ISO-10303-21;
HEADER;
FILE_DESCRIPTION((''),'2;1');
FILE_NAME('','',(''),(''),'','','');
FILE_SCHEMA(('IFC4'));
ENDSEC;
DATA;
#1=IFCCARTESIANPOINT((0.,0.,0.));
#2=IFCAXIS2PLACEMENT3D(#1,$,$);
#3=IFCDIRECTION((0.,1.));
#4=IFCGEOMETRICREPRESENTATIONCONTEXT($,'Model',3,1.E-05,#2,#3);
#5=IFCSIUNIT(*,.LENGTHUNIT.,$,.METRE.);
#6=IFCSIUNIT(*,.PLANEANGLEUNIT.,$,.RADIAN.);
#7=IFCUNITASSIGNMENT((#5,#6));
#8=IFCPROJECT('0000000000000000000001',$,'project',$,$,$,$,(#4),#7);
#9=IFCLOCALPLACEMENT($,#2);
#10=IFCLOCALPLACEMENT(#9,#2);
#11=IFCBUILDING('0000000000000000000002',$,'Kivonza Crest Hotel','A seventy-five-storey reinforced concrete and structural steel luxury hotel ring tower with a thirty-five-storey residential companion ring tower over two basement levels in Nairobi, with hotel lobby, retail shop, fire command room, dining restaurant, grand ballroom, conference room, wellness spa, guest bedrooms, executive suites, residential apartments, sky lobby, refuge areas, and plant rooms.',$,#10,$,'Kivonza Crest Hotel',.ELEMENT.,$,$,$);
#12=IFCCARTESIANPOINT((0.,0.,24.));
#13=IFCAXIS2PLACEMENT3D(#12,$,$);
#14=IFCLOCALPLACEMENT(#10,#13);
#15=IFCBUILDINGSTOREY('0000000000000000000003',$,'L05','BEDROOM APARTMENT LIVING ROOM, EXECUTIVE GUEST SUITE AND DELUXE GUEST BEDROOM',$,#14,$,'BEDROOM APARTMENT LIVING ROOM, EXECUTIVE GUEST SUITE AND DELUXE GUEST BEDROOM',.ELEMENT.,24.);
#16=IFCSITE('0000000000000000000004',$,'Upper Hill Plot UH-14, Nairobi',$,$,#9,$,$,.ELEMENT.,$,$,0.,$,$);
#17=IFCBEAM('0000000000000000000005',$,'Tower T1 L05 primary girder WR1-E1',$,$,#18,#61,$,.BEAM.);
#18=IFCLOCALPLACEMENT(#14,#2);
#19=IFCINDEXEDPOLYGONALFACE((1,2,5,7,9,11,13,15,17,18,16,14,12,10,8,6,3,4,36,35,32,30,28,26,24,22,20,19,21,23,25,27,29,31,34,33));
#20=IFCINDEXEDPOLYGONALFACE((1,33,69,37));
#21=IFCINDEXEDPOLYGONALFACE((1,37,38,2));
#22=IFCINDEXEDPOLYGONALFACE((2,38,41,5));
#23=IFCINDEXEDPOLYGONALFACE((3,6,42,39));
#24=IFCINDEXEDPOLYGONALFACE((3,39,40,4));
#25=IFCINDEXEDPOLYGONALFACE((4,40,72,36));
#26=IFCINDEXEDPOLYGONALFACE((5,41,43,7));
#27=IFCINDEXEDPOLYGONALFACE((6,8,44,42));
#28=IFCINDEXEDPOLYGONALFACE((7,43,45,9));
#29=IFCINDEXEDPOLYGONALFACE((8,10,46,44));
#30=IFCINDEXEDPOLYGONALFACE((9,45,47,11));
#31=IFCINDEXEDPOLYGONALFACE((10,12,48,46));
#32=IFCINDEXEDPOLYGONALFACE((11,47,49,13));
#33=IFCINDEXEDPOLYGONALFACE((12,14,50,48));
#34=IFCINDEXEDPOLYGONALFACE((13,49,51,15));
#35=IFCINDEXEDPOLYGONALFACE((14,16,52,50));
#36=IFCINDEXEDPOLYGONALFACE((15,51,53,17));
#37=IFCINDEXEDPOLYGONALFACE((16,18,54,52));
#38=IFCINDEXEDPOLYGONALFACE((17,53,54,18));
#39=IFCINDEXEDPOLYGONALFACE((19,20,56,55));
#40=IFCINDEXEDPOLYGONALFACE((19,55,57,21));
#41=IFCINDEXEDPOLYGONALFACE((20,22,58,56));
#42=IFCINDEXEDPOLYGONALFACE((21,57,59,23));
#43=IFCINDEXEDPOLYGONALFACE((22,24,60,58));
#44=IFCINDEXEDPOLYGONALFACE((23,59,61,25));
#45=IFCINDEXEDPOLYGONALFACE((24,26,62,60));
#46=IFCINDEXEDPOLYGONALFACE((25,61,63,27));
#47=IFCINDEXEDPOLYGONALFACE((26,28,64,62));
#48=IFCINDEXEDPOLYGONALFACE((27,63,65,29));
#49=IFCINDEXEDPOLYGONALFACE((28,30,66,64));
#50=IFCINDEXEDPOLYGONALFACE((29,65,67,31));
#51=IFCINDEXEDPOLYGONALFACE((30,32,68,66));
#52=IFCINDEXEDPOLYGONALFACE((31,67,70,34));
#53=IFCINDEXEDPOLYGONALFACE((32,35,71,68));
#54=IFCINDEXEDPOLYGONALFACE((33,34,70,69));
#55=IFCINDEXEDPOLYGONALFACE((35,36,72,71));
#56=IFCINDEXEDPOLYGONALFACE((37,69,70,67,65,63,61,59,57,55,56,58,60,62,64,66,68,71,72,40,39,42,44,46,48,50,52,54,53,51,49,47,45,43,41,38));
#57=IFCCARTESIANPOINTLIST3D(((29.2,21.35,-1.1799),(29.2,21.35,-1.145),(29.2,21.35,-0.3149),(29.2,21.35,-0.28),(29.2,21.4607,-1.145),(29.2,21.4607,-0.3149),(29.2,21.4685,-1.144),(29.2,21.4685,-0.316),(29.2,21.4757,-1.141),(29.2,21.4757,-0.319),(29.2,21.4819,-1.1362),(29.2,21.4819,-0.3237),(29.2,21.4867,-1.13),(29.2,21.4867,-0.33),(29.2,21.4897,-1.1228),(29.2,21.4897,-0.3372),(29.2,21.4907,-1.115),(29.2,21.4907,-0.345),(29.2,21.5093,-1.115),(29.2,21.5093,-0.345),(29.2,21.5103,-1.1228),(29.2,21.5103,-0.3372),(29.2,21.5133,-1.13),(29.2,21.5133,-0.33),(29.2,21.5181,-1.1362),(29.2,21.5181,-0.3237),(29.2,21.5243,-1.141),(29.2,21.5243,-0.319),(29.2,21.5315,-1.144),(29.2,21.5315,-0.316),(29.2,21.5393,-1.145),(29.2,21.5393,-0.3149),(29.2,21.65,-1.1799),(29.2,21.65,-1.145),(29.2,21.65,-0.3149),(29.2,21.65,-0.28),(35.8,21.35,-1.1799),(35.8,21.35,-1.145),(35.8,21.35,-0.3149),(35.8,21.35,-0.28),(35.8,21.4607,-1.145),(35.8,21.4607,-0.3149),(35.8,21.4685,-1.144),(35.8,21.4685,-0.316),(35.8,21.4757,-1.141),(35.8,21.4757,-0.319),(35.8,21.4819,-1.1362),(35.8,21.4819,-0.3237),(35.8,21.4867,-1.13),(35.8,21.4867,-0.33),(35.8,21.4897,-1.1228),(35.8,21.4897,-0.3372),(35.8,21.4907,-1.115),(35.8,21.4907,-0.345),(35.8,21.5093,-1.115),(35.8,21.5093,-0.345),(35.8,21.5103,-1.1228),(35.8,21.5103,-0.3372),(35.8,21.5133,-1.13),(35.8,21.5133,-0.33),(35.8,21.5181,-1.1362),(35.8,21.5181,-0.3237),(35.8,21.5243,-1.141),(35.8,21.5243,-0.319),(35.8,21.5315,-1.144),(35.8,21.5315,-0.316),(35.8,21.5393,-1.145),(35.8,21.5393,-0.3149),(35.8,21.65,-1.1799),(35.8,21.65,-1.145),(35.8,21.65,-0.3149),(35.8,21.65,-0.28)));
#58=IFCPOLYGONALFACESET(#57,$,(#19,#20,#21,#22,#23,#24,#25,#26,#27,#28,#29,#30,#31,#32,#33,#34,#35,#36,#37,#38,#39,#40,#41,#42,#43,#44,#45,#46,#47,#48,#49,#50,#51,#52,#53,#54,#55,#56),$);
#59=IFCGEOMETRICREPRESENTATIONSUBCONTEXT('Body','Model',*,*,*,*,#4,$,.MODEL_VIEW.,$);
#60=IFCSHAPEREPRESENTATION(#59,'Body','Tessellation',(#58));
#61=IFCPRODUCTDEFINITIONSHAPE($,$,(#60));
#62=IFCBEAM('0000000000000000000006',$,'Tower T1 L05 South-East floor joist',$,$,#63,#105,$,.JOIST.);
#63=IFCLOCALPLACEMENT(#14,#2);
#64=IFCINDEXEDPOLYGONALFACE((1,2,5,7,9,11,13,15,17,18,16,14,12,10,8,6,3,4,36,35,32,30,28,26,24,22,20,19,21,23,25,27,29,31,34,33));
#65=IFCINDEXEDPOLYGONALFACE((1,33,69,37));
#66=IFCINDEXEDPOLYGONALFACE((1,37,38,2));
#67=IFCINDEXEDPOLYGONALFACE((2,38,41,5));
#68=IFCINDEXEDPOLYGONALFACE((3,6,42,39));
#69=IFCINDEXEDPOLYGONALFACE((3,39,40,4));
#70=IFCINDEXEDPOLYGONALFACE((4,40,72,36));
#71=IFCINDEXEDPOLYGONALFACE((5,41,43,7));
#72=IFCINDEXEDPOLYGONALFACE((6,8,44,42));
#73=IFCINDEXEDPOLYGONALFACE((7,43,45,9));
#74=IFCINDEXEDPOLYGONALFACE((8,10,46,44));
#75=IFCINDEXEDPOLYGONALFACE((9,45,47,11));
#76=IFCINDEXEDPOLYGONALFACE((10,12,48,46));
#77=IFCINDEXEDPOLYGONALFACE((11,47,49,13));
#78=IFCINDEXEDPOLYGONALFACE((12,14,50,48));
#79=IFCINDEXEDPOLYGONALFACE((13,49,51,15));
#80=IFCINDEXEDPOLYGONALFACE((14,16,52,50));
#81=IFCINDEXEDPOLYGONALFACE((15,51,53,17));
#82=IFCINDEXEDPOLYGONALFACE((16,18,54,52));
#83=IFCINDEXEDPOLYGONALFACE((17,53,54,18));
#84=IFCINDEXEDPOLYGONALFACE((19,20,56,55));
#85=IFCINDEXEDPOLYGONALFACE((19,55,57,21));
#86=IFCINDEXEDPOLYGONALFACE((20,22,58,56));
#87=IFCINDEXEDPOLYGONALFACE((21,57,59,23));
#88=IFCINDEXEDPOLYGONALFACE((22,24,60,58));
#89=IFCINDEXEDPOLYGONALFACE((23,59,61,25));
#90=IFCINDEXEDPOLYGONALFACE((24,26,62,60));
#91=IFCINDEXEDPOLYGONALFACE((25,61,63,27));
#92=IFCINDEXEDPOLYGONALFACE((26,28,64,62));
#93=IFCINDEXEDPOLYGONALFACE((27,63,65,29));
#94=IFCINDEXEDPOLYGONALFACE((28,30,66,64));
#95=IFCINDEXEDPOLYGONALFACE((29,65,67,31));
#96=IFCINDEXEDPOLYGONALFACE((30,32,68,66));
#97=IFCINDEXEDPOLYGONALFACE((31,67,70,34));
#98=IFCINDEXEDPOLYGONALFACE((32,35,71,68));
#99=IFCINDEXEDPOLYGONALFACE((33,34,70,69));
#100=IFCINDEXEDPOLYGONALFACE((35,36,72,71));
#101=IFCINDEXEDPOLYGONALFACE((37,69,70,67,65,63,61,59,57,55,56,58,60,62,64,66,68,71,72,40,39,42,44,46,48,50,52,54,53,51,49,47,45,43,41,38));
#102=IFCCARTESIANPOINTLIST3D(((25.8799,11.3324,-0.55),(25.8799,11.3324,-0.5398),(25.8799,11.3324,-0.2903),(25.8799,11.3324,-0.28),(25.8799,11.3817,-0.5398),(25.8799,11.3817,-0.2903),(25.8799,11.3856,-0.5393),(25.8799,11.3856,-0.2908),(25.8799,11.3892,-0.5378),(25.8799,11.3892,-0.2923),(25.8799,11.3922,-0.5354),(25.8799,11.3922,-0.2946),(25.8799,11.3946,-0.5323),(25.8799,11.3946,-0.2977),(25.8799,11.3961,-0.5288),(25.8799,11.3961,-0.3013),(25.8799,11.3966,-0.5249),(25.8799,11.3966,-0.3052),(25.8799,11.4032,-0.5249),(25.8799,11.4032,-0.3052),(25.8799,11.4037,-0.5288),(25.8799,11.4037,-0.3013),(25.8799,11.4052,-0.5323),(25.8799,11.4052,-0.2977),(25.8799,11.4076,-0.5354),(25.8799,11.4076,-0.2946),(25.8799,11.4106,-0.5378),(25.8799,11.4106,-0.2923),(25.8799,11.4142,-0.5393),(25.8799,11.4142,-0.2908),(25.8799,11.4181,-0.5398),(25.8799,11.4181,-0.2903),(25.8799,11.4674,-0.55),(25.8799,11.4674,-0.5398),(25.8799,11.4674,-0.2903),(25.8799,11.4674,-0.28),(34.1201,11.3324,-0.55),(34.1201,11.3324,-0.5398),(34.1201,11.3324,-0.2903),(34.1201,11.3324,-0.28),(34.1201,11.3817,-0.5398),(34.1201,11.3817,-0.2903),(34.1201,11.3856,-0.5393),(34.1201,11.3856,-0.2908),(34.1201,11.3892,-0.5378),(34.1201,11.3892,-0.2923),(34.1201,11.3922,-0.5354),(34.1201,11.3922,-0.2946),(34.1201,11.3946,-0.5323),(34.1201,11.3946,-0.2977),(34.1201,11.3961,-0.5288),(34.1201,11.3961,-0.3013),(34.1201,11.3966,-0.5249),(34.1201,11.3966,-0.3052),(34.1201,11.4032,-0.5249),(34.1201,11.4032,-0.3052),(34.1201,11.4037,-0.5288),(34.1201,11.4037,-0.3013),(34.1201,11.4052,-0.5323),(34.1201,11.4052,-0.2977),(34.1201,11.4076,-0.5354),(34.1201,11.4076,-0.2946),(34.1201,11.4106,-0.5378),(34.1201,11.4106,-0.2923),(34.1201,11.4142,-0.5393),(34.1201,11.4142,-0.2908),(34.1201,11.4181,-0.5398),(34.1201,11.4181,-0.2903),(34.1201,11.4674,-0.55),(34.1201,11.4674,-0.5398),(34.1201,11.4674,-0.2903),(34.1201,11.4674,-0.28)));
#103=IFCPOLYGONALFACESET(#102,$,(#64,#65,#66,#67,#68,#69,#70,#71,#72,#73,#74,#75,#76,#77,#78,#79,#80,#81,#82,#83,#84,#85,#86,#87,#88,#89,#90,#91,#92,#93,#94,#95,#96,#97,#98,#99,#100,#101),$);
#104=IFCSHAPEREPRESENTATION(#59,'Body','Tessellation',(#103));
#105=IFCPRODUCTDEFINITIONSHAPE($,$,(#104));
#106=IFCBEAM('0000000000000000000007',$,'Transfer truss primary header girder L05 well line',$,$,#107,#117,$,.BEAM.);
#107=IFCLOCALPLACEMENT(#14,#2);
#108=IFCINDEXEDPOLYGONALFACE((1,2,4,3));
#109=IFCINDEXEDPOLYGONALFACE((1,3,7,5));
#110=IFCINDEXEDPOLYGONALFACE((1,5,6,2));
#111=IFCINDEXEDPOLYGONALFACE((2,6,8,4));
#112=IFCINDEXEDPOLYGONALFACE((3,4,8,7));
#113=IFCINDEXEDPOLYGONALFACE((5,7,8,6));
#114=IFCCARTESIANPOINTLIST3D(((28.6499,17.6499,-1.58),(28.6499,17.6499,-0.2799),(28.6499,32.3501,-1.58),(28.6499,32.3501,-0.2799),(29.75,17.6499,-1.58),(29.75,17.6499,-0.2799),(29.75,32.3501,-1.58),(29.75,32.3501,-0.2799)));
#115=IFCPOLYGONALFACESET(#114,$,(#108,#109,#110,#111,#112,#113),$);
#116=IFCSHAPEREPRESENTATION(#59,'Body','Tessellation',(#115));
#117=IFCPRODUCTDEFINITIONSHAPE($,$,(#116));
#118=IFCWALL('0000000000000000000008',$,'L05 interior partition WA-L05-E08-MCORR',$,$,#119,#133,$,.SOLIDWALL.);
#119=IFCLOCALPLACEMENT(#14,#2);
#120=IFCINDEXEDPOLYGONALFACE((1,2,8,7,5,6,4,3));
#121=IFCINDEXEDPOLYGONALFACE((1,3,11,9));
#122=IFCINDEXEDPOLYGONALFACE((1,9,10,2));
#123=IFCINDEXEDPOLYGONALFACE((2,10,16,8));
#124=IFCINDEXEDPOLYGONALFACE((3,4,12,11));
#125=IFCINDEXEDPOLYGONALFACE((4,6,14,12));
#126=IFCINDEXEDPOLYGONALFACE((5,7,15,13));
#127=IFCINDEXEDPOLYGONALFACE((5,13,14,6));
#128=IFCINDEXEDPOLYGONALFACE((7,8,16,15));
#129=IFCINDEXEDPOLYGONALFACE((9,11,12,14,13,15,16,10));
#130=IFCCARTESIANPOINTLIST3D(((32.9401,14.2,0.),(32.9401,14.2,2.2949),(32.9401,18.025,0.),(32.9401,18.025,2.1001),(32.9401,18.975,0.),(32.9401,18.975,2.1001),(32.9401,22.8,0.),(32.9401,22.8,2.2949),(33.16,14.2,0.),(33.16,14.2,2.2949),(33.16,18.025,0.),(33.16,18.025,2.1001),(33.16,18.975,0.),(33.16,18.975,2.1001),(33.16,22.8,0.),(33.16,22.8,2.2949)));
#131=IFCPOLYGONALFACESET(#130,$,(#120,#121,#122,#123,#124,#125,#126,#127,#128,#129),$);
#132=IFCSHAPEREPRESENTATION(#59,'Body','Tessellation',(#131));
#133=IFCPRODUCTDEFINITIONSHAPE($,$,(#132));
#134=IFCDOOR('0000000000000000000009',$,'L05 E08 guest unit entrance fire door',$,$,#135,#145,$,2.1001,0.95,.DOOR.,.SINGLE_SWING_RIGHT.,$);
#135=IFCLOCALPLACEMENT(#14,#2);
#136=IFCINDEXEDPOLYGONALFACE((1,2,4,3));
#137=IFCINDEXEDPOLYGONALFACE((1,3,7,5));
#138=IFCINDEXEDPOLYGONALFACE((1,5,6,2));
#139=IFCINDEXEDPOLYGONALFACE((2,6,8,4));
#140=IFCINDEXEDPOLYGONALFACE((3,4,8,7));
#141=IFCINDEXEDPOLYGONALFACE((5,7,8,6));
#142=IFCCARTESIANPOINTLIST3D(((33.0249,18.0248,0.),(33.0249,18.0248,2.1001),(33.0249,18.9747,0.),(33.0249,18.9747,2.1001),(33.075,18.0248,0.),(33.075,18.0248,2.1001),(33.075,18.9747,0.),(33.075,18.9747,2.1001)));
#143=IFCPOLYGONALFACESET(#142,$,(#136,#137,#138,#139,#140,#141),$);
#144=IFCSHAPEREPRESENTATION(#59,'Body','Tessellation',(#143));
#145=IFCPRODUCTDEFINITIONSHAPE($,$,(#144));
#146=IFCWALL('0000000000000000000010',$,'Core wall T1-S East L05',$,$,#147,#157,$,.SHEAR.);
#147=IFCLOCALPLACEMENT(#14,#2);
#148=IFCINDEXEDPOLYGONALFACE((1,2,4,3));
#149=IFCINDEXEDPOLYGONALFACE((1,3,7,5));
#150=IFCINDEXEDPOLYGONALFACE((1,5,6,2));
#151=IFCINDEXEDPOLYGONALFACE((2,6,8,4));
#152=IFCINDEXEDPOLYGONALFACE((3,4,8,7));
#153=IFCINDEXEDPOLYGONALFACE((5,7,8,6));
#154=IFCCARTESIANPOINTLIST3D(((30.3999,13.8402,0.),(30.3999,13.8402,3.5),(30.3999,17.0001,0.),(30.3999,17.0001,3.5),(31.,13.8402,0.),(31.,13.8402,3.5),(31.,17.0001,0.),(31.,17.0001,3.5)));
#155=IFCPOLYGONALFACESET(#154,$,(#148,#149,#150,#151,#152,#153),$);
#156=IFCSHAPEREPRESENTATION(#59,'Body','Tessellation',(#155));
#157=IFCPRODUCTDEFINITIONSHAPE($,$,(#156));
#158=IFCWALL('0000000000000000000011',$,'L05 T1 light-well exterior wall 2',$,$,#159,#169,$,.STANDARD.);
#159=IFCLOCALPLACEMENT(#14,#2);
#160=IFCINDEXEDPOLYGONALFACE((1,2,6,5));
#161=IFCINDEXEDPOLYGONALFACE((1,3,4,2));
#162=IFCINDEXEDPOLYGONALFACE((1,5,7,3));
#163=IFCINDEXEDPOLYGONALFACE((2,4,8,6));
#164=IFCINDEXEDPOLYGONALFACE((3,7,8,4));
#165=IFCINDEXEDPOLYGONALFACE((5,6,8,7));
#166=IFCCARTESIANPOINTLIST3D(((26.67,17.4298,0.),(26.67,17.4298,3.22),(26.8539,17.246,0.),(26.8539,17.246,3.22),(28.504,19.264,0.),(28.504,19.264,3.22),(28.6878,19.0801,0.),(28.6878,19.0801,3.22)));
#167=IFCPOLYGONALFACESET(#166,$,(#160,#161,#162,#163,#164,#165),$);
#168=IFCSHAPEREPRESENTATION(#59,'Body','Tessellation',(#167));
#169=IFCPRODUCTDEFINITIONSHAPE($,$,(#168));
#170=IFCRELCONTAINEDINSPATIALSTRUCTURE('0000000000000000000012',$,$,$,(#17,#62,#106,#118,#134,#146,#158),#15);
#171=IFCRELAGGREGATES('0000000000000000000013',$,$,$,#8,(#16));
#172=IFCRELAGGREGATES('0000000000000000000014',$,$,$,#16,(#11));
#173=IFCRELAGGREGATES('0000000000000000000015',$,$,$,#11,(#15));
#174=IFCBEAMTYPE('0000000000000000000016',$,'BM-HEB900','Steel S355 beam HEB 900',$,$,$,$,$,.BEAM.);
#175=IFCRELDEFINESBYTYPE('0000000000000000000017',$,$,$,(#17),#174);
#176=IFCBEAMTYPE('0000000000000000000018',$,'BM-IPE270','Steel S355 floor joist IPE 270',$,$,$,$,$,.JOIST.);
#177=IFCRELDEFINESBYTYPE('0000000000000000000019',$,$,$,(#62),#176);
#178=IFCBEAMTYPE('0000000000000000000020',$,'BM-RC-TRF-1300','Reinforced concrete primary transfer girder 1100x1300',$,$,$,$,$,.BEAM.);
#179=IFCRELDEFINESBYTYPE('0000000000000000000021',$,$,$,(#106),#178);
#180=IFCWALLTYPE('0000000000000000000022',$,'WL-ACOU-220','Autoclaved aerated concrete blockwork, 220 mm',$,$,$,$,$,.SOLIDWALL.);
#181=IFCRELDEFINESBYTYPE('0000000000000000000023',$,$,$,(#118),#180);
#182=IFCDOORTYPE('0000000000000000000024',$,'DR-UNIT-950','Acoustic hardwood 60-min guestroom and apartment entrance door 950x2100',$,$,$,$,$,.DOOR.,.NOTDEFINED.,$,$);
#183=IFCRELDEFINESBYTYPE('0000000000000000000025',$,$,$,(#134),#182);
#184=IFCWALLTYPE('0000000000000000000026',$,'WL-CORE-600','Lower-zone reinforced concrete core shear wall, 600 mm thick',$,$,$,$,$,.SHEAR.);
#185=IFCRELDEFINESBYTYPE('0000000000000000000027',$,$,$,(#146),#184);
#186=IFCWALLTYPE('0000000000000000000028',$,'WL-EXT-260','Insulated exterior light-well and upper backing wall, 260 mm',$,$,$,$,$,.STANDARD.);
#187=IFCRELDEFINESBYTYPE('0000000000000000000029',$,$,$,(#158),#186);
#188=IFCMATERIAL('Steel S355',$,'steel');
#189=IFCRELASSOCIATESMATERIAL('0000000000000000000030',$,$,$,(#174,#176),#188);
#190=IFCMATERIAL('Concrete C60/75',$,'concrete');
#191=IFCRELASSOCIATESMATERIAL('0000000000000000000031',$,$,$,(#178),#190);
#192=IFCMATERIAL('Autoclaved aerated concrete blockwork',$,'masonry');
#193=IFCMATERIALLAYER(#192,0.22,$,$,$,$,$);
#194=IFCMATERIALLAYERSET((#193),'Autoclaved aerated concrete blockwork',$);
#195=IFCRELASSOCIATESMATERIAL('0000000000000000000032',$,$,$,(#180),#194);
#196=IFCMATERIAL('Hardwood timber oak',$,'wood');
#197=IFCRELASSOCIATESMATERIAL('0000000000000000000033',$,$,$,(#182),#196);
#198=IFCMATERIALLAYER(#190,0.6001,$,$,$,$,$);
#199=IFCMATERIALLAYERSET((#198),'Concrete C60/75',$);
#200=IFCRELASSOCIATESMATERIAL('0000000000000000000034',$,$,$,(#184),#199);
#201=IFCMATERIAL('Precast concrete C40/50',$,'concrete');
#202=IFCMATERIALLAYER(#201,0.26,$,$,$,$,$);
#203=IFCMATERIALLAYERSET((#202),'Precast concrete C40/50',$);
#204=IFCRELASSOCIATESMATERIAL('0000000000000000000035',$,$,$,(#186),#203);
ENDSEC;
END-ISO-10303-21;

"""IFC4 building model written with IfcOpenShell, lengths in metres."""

from ifc_helpers import new_model, si_unit, direction, frame, frame_2d, origin, origin_2d, place, context, subcontext, project, spatial, rectangle, i_section, extrude, material, layer, layer_set, material_profile, profile_set, type_object, element, fill, save


model = new_model("IFC4")

# Units and contexts
model_context = context("Model", 3, precision=1e-05, world=origin(), true_north=direction((0.0, 1.0)))
body_context = subcontext(model_context, "Body", "Model", "MODEL_VIEW")
ifc_project = project(units=[si_unit("LENGTHUNIT", "METRE"), si_unit("PLANEANGLEUNIT", "RADIAN")], contexts=[model_context])

# Site, building, storey
site_placement = place(None, origin())
site = spatial("IfcSite", under=ifc_project, at=site_placement, Name="Upper Hill Plot UH-14, Nairobi", CompositionType="ELEMENT", RefElevation=0.0)
building_placement = place(site_placement, origin())
building = spatial("IfcBuilding", under=site, at=building_placement, Name="Kivonza Crest Hotel", Description="A seventy-five-storey reinforced concrete and structural steel luxury hotel ring tower with a thirty-five-storey residential companion ring tower over two basement levels in Nairobi, with hotel lobby, retail shop, fire command room, dining restaurant, grand ballroom, conference room, wellness spa, guest bedrooms, executive suites, residential apartments, sky lobby, refuge areas, and plant rooms.", LongName="Kivonza Crest Hotel", CompositionType="ELEMENT")
storey_placement = place(building_placement, frame((0.0, 0.0, 24.0)))
storey = spatial("IfcBuildingStorey", under=building, at=storey_placement, Name="L05", Description="BEDROOM APARTMENT LIVING ROOM, EXECUTIVE GUEST SUITE AND DELUXE GUEST BEDROOM", LongName="BEDROOM APARTMENT LIVING ROOM, EXECUTIVE GUEST SUITE AND DELUXE GUEST BEDROOM", CompositionType="ELEMENT", Elevation=24.0)

# Shared definitions
ifc_material_1 = material(Name="Concrete C60/75", Category="concrete")

# Beams
ifc_material_2 = material(Name="Steel S355", Category="steel")
ifc_material_profile_1 = material_profile(ifc_material_2, i_section(OverallWidth=0.3, OverallDepth=0.8999, WebThickness=0.0186, FlangeThickness=0.0349, FilletRadius=0.03, at=origin_2d()), Name="HEB 900")
ifc_profile_set_1 = profile_set([ifc_material_profile_1], Name="Steel S355")
beam_type_1 = type_object("IfcBeamType", Name="BM-HEB900", Description="Steel S355 beam HEB 900", PredefinedType="BEAM", material=ifc_profile_set_1)
for number, where, z_axis, x_axis, name in (
    (1, (29.2, 21.5, -0.73), (1.0, 0.0, 0.0), (0.0, 1.0, 0.0), "Tower T1 L05 primary girder WR1-E1"),
):
    element("IfcBeam", number, at=place(storey_placement, frame(where, z_axis=z_axis, x_axis=x_axis)), inside=storey, type_object=beam_type_1, Name=name, PredefinedType="BEAM", context=body_context, shape_type="SweptSolid", body=[
        extrude(i_section(OverallWidth=0.3, OverallDepth=0.8999, WebThickness=0.0186, FlangeThickness=0.0349, FilletRadius=0.03, at=origin_2d()), origin(), (0.0, 0.0, 1.0), 6.6001),
    ])
ifc_material_profile_2 = material_profile(ifc_material_2, i_section(OverallWidth=0.135, OverallDepth=0.27, WebThickness=0.0066, FlangeThickness=0.0103, FilletRadius=0.0149, at=origin_2d()), Name="IPE 270")
ifc_profile_set_2 = profile_set([ifc_material_profile_2], Name="Steel S355")
beam_type_2 = type_object("IfcBeamType", Name="BM-IPE270", Description="Steel S355 floor joist IPE 270", PredefinedType="JOIST", material=ifc_profile_set_2)
beam_1_placement = place(storey_placement, frame((25.8799, 11.3999, -0.415), z_axis=(1.0, 0.0, 0.0), x_axis=(0.0, 1.0, 0.0)))
element("IfcBeam", 2, at=beam_1_placement, inside=storey, type_object=beam_type_2, Name="Tower T1 L05 South-East floor joist", PredefinedType="JOIST", context=body_context, shape_type="SweptSolid", body=[
    extrude(i_section(OverallWidth=0.135, OverallDepth=0.27, WebThickness=0.0066, FlangeThickness=0.0103, FilletRadius=0.0149, at=origin_2d()), origin(), (0.0, 0.0, 1.0), 8.2402),
])
ifc_material_profile_3 = material_profile(ifc_material_1, rectangle(XDim=1.1001, YDim=1.3, at=origin_2d()), Name="RC 1300x1100")
ifc_profile_set_3 = profile_set([ifc_material_profile_3], Name="Concrete C60/75")
beam_type_3 = type_object("IfcBeamType", Name="BM-RC-TRF-1300", Description="Reinforced concrete primary transfer girder 1100x1300", PredefinedType="BEAM", material=ifc_profile_set_3)
beam_2_placement = place(storey_placement, frame((29.2, 17.6499, -0.9299), z_axis=(0.0, 1.0, 0.0), x_axis=(-1.0, 0.0, 0.0)))
element("IfcBeam", 3, at=beam_2_placement, inside=storey, type_object=beam_type_3, Name="Transfer truss primary header girder L05 well line", PredefinedType="BEAM", context=body_context, shape_type="SweptSolid", body=[
    extrude(rectangle(XDim=1.1001, YDim=1.3, at=origin_2d()), origin(), (0.0, 0.0, 1.0), 14.7002),
])

# Wall, opening, door
ifc_material_3 = material(Name="Autoclaved aerated concrete blockwork", Category="masonry")
ifc_layer_1 = layer(ifc_material_3, 0.22)
ifc_layer_set_1 = layer_set([ifc_layer_1], Name="Autoclaved aerated concrete blockwork")
wall_type_1 = type_object("IfcWallType", Name="WL-ACOU-220", Description="Autoclaved aerated concrete blockwork, 220 mm", PredefinedType="SOLIDWALL", material=ifc_layer_set_1)
wall_1_placement = place(storey_placement, frame((33.05, 14.2, 0.0), z_axis=(0.0, 0.0, 1.0), x_axis=(0.0, 1.0, 0.0)))
wall_1 = element("IfcWall", 4, at=wall_1_placement, inside=storey, type_object=wall_type_1, Name="L05 interior partition WA-L05-E08-MCORR", PredefinedType="SOLIDWALL", context=body_context, shape_type="SweptSolid", body=[
    extrude(rectangle(XDim=8.6001, YDim=0.22, at=frame_2d((4.3, 0.0))), origin(), (0.0, 0.0, 1.0), 2.2949),
])
opening_1_placement = place(wall_1_placement, frame((3.825, 0.0, 0.0)))
opening_1 = element("IfcOpeningElement", 5, at=opening_1_placement, cuts=wall_1, PredefinedType="OPENING", context=body_context, shape_type="SweptSolid", body=[
    extrude(rectangle(XDim=0.95, YDim=2.1001, at=frame_2d((0.4751, 1.05))), frame((0.0, 0.1201, 0.0), z_axis=(0.0, -1.0, 0.0), x_axis=(1.0, 0.0, 0.0)), (0.0, 0.0, 1.0), 0.24),
])
ifc_material_4 = material(Name="Hardwood timber oak", Category="wood")
door_type = type_object("IfcDoorType", Name="DR-UNIT-950", Description="Acoustic hardwood 60-min guestroom and apartment entrance door 950x2100", OperationType="NOTDEFINED", PredefinedType="DOOR", material=ifc_material_4)
door_placement = place(opening_1_placement, frame((0.95, 0.0, 0.0), z_axis=(0.0, 0.0, 1.0), x_axis=(-1.0, 0.0, 0.0)))
door = element("IfcDoor", 6, at=door_placement, inside=storey, type_object=door_type, Name="L05 E08 guest unit entrance fire door", OperationType="SINGLE_SWING_RIGHT", OverallHeight=2.1001, OverallWidth=0.95, PredefinedType="DOOR", context=body_context, shape_type="SweptSolid", body=[
    extrude(rectangle(XDim=0.95, YDim=2.1001, at=frame_2d((0.4751, 1.05))), frame((0.0, 0.0249, 0.0), z_axis=(0.0, -1.0, 0.0), x_axis=(1.0, 0.0, 0.0)), (0.0, 0.0, 1.0), 0.05),
])
fill(opening_1, door)

# Walls
ifc_layer_2 = layer(ifc_material_1, 0.6001)
ifc_layer_set_2 = layer_set([ifc_layer_2], Name="Concrete C60/75")
wall_type_2 = type_object("IfcWallType", Name="WL-CORE-600", Description="Lower-zone reinforced concrete core shear wall, 600 mm thick", PredefinedType="SHEAR", material=ifc_layer_set_2)
wall_2_placement = place(storey_placement, frame((30.7, 13.8401, 0.0), z_axis=(0.0, 0.0, 1.0), x_axis=(0.0, 1.0, 0.0)))
element("IfcWall", 7, at=wall_2_placement, inside=storey, type_object=wall_type_2, Name="Core wall T1-S East L05", PredefinedType="SHEAR", context=body_context, shape_type="SweptSolid", body=[
    extrude(rectangle(XDim=3.1599, YDim=0.6001, at=frame_2d((1.5801, 0.0))), origin(), (0.0, 0.0, 1.0), 3.5),
])
ifc_material_5 = material(Name="Precast concrete C40/50", Category="concrete")
ifc_layer_3 = layer(ifc_material_5, 0.26)
ifc_layer_set_3 = layer_set([ifc_layer_3], Name="Precast concrete C40/50")
wall_type_3 = type_object("IfcWallType", Name="WL-EXT-260", Description="Insulated exterior light-well and upper backing wall, 260 mm", PredefinedType="STANDARD", material=ifc_layer_set_3)
wall_3_placement = place(storey_placement, frame((26.762, 17.3379, 0.0), z_axis=(0.0, 0.0, 1.0), x_axis=(0.70706, 0.707154, 0.0)))
element("IfcWall", 8, at=wall_3_placement, inside=storey, type_object=wall_type_3, Name="L05 T1 light-well exterior wall 2", PredefinedType="STANDARD", context=body_context, shape_type="SweptSolid", body=[
    extrude(rectangle(XDim=2.5938, YDim=0.26, at=frame_2d((1.2969, 0.0))), origin(), (0.0, 0.0, 1.0), 3.22),
])

save(model, "model.ifc")
